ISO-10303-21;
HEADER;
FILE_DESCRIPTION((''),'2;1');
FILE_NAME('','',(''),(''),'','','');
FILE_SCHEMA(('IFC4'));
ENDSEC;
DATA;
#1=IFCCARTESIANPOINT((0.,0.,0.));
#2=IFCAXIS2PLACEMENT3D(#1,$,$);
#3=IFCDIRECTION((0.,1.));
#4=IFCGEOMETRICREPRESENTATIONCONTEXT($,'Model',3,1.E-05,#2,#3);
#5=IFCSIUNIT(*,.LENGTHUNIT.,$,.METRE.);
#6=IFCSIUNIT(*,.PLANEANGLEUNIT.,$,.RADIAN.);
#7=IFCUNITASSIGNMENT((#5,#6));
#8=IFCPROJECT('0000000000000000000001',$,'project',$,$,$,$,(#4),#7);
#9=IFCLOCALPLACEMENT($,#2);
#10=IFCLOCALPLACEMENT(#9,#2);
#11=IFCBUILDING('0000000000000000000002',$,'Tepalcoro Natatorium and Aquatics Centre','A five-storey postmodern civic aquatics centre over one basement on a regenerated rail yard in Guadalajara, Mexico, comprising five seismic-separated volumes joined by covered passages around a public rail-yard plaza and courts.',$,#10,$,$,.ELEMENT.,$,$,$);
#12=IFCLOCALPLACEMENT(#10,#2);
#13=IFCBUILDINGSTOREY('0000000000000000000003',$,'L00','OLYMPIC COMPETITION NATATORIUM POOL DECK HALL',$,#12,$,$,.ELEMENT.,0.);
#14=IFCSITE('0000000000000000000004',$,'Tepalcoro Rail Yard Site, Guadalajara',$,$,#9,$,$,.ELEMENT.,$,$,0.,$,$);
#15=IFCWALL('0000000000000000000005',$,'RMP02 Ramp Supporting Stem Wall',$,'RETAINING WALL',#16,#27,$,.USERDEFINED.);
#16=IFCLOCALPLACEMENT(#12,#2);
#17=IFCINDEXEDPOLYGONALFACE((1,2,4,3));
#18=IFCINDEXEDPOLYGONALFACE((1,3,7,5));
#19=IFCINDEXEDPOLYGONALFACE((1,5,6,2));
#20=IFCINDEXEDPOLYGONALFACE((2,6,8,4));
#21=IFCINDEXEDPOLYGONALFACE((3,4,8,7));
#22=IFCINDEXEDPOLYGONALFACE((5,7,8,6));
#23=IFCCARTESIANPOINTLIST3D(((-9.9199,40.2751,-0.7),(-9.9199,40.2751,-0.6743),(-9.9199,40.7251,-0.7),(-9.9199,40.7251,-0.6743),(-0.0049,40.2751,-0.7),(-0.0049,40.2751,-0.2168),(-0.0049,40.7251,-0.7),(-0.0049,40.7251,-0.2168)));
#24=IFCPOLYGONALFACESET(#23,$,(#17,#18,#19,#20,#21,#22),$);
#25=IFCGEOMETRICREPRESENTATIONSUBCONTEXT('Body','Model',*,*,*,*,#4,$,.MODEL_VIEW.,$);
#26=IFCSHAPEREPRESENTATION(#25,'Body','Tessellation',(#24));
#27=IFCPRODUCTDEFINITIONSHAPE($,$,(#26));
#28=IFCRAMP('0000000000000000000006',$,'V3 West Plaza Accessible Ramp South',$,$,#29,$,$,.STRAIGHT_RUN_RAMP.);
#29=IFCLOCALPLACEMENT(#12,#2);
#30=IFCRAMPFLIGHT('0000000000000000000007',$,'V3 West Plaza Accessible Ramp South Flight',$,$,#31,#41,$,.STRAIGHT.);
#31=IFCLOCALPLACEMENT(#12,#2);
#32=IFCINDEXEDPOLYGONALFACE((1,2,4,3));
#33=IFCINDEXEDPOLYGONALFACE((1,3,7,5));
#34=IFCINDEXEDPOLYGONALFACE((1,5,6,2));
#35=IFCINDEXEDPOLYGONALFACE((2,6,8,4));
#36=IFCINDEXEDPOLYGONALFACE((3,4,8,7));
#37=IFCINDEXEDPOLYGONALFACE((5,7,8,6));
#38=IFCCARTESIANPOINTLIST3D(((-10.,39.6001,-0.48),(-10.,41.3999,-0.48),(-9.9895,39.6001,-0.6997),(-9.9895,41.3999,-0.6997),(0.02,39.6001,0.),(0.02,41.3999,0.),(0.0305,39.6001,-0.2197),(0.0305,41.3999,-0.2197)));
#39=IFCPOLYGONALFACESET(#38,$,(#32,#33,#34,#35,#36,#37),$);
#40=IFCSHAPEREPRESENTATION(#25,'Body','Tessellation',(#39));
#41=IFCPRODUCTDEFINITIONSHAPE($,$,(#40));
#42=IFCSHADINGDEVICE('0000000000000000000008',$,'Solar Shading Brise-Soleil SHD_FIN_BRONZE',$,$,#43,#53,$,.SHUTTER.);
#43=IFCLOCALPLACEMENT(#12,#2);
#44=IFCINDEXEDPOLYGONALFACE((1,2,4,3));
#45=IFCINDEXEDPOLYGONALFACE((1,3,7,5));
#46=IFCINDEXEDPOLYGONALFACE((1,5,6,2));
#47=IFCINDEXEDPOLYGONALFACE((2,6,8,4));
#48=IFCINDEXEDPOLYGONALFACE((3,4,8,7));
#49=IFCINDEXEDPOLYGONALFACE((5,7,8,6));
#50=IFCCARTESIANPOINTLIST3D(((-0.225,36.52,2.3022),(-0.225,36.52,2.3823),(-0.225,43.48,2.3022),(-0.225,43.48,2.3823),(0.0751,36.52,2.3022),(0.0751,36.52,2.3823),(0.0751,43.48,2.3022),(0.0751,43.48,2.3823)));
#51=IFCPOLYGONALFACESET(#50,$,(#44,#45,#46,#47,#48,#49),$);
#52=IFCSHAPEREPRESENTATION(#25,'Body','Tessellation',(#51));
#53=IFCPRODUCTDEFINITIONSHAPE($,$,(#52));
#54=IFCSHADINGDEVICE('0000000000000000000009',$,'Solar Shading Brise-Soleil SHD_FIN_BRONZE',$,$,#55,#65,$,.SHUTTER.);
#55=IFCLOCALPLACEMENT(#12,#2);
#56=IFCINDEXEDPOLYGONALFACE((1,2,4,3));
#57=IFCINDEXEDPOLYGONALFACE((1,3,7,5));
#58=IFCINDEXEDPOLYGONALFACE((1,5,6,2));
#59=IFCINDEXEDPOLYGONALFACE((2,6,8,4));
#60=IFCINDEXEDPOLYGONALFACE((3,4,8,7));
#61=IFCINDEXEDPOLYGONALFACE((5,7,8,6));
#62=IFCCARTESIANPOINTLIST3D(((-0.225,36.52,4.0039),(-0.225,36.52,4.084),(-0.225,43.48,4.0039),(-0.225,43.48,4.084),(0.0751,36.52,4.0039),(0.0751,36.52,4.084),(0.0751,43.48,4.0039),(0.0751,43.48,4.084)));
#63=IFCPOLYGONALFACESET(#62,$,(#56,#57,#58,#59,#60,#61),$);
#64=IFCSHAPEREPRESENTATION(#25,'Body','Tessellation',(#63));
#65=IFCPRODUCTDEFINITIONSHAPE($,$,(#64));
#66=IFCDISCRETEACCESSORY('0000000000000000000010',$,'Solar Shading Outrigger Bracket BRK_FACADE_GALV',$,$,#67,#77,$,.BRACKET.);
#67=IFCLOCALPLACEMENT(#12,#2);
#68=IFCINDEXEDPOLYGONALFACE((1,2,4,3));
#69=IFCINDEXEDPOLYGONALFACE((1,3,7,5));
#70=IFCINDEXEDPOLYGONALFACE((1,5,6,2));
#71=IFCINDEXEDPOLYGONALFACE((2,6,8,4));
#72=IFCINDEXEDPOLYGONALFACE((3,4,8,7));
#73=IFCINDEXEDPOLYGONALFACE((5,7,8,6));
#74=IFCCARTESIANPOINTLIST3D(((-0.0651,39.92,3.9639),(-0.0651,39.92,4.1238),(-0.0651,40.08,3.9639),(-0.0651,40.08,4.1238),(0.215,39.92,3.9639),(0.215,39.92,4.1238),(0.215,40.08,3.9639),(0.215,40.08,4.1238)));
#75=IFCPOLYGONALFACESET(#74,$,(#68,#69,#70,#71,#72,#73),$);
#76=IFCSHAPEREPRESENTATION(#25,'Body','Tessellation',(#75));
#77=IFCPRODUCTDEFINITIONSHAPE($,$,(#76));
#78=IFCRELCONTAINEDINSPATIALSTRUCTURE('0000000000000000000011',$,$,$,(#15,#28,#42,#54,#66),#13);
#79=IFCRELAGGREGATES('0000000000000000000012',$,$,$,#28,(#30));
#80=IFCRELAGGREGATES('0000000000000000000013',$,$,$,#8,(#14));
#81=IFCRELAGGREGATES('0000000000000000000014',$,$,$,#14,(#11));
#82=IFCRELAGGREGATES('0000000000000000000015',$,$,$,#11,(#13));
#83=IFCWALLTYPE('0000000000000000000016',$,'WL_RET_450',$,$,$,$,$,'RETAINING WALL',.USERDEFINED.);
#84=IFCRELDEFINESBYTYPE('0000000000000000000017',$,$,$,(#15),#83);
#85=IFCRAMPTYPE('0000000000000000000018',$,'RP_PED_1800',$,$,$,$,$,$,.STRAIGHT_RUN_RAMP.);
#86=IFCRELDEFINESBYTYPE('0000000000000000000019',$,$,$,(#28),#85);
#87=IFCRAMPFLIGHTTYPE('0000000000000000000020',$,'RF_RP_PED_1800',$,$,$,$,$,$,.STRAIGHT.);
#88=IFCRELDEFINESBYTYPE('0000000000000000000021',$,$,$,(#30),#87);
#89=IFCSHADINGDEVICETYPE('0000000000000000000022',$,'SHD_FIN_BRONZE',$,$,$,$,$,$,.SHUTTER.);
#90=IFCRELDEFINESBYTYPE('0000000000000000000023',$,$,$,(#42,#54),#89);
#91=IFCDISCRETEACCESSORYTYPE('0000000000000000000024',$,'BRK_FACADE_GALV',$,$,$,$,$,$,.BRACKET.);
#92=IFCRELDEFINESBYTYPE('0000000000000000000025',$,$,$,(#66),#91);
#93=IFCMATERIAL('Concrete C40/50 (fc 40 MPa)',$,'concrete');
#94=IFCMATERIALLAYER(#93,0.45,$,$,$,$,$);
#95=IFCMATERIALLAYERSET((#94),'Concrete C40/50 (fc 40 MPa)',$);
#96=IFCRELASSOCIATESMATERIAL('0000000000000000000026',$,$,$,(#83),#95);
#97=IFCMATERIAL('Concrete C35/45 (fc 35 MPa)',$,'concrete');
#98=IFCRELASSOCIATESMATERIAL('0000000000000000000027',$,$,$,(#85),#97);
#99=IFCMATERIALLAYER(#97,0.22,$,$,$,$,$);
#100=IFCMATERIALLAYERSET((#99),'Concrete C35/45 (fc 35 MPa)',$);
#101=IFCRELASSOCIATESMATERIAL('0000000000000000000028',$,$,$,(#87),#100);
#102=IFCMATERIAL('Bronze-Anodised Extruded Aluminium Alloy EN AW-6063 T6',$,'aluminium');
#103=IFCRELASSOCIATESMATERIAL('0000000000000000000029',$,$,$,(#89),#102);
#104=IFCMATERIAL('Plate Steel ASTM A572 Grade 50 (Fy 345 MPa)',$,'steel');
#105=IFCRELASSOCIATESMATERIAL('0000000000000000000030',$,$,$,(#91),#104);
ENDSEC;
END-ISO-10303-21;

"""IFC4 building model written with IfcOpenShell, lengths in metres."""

from ifc_helpers import new_model, si_unit, direction, frame, origin, origin_2d, place, context, subcontext, project, spatial, polyline, rectangle, outline, extrude, material, layer, layer_set, type_object, element, aggregate, save


model = new_model("IFC4")

# Units and contexts
model_context = context("Model", 3, precision=1e-05, world=origin(), true_north=direction((0.0, 1.0)))
body_context = subcontext(model_context, "Body", "Model", "MODEL_VIEW")
ifc_project = project(units=[si_unit("LENGTHUNIT", "METRE"), si_unit("PLANEANGLEUNIT", "RADIAN")], contexts=[model_context])

# Site, building, storey
site_placement = place(None, origin())
site = spatial("IfcSite", under=ifc_project, at=site_placement, Name="Tepalcoro Rail Yard Site, Guadalajara", CompositionType="ELEMENT", RefElevation=0.0)
building_placement = place(site_placement, origin())
building = spatial("IfcBuilding", under=site, at=building_placement, Name="Tepalcoro Natatorium and Aquatics Centre", Description="A five-storey postmodern civic aquatics centre over one basement on a regenerated rail yard in Guadalajara, Mexico, comprising five seismic-separated volumes joined by covered passages around a public rail-yard plaza and courts.", CompositionType="ELEMENT")
storey_placement = place(building_placement, origin())
storey = spatial("IfcBuildingStorey", under=building, at=storey_placement, Name="L00", Description="OLYMPIC COMPETITION NATATORIUM POOL DECK HALL", CompositionType="ELEMENT", Elevation=0.0)

# Shared definitions
ifc_material_1 = material(Name="Concrete C40/50 (fc 40 MPa)", Category="concrete")

# Shared definitions
ifc_material_2 = material(Name="Bronze-Anodised Extruded Aluminium Alloy EN AW-6063 T6", Category="aluminium")

# Wall
ifc_layer_1 = layer(ifc_material_1, 0.45)
ifc_layer_set_1 = layer_set([ifc_layer_1], Name="Concrete C40/50 (fc 40 MPa)")
wall_type = type_object("IfcWallType", Name="WL_RET_450", ElementType="RETAINING WALL", PredefinedType="USERDEFINED", material=ifc_layer_set_1)
wall_placement = place(storey_placement, frame((-9.9199, 40.5, -0.7), z_axis=(0.0, 0.0, 1.0), x_axis=(1.0, 0.0, 0.0)))
element("IfcWall", 1, at=wall_placement, inside=storey, type_object=wall_type, Name="RMP02 Ramp Supporting Stem Wall", ObjectType="RETAINING WALL", PredefinedType="USERDEFINED", context=body_context, shape_type="SweptSolid", body=[
    extrude(outline(polyline([(0.0, 0.0), (9.915, 0.0), (9.915, 0.4832), (0.0, 0.0256), (0.0, 0.0)])), frame((0.0, 0.2251, 0.0), z_axis=(0.0, -1.0, 0.0), x_axis=(1.0, 0.0, 0.0)), (0.0, 0.0, 1.0), 0.45),
])

# Ramp, ramp flight
ifc_material_3 = material(Name="Concrete C35/45 (fc 35 MPa)", Category="concrete")
ramp_type = type_object("IfcRampType", Name="RP_PED_1800", PredefinedType="STRAIGHT_RUN_RAMP", material=ifc_material_3)
ramp_placement = place(storey_placement, origin())
ramp = element("IfcRamp", 2, at=ramp_placement, inside=storey, type_object=ramp_type, Name="V3 West Plaza Accessible Ramp South", PredefinedType="STRAIGHT_RUN_RAMP")
ifc_layer_2 = layer(ifc_material_3, 0.22)
ifc_layer_set_2 = layer_set([ifc_layer_2], Name="Concrete C35/45 (fc 35 MPa)")
ramp_flight_type = type_object("IfcRampFlightType", Name="RF_RP_PED_1800", PredefinedType="STRAIGHT", material=ifc_layer_set_2)
ramp_flight_placement = place(storey_placement, frame((-10.0, 39.6001, -0.48), z_axis=(-0.047847, 0.0, 0.998855), x_axis=(0.998855, 0.0, 0.047847)))
ramp_flight = element("IfcRampFlight", 3, at=ramp_flight_placement, type_object=ramp_flight_type, Name="V3 West Plaza Accessible Ramp South Flight", PredefinedType="STRAIGHT", context=body_context, shape_type="SweptSolid", body=[
    extrude(outline(polyline([(0.0, 0.0), (10.0315, 0.0), (10.0315, 1.7998), (0.0, 1.7998), (0.0, 0.0)])), origin(), (0.0, 0.0, -1.0), 0.22),
])
aggregate(ramp, [ramp_flight])

# Shading devices
shading_device_type = type_object("IfcShadingDeviceType", Name="SHD_FIN_BRONZE", PredefinedType="SHUTTER", material=ifc_material_2)
for number, where, z_axis, x_axis, name in (
    (4, (-0.075, 40.0, 2.3022), (0.0, 0.0, 1.0), (1.0, 0.0, 0.0), "Solar Shading Brise-Soleil SHD_FIN_BRONZE"),
    (5, (-0.075, 40.0, 4.0039), (0.0, 0.0, 1.0), (1.0, 0.0, 0.0), "Solar Shading Brise-Soleil SHD_FIN_BRONZE"),
):
    element("IfcShadingDevice", number, at=place(storey_placement, frame(where, z_axis=z_axis, x_axis=x_axis)), inside=storey, type_object=shading_device_type, Name=name, PredefinedType="SHUTTER", context=body_context, shape_type="SweptSolid", body=[
        extrude(rectangle(XDim=0.3, YDim=6.96, at=origin_2d()), origin(), (0.0, 0.0, 1.0), 0.0801),
    ])

# Discrete accessory
ifc_material_4 = material(Name="Plate Steel ASTM A572 Grade 50 (Fy 345 MPa)", Category="steel")
discrete_accessory_type = type_object("IfcDiscreteAccessoryType", Name="BRK_FACADE_GALV", PredefinedType="BRACKET", material=ifc_material_4)
discrete_accessory_placement = place(storey_placement, frame((0.075, 40.0, 3.9639), z_axis=(0.0, 0.0, 1.0), x_axis=(1.0, 0.0, 0.0)))
element("IfcDiscreteAccessory", 6, at=discrete_accessory_placement, inside=storey, type_object=discrete_accessory_type, Name="Solar Shading Outrigger Bracket BRK_FACADE_GALV", PredefinedType="BRACKET", context=body_context, shape_type="SweptSolid", body=[
    extrude(rectangle(XDim=0.28, YDim=0.1599, at=origin_2d()), origin(), (0.0, 0.0, 1.0), 0.1599),
])

save(model, "model.ifc")
